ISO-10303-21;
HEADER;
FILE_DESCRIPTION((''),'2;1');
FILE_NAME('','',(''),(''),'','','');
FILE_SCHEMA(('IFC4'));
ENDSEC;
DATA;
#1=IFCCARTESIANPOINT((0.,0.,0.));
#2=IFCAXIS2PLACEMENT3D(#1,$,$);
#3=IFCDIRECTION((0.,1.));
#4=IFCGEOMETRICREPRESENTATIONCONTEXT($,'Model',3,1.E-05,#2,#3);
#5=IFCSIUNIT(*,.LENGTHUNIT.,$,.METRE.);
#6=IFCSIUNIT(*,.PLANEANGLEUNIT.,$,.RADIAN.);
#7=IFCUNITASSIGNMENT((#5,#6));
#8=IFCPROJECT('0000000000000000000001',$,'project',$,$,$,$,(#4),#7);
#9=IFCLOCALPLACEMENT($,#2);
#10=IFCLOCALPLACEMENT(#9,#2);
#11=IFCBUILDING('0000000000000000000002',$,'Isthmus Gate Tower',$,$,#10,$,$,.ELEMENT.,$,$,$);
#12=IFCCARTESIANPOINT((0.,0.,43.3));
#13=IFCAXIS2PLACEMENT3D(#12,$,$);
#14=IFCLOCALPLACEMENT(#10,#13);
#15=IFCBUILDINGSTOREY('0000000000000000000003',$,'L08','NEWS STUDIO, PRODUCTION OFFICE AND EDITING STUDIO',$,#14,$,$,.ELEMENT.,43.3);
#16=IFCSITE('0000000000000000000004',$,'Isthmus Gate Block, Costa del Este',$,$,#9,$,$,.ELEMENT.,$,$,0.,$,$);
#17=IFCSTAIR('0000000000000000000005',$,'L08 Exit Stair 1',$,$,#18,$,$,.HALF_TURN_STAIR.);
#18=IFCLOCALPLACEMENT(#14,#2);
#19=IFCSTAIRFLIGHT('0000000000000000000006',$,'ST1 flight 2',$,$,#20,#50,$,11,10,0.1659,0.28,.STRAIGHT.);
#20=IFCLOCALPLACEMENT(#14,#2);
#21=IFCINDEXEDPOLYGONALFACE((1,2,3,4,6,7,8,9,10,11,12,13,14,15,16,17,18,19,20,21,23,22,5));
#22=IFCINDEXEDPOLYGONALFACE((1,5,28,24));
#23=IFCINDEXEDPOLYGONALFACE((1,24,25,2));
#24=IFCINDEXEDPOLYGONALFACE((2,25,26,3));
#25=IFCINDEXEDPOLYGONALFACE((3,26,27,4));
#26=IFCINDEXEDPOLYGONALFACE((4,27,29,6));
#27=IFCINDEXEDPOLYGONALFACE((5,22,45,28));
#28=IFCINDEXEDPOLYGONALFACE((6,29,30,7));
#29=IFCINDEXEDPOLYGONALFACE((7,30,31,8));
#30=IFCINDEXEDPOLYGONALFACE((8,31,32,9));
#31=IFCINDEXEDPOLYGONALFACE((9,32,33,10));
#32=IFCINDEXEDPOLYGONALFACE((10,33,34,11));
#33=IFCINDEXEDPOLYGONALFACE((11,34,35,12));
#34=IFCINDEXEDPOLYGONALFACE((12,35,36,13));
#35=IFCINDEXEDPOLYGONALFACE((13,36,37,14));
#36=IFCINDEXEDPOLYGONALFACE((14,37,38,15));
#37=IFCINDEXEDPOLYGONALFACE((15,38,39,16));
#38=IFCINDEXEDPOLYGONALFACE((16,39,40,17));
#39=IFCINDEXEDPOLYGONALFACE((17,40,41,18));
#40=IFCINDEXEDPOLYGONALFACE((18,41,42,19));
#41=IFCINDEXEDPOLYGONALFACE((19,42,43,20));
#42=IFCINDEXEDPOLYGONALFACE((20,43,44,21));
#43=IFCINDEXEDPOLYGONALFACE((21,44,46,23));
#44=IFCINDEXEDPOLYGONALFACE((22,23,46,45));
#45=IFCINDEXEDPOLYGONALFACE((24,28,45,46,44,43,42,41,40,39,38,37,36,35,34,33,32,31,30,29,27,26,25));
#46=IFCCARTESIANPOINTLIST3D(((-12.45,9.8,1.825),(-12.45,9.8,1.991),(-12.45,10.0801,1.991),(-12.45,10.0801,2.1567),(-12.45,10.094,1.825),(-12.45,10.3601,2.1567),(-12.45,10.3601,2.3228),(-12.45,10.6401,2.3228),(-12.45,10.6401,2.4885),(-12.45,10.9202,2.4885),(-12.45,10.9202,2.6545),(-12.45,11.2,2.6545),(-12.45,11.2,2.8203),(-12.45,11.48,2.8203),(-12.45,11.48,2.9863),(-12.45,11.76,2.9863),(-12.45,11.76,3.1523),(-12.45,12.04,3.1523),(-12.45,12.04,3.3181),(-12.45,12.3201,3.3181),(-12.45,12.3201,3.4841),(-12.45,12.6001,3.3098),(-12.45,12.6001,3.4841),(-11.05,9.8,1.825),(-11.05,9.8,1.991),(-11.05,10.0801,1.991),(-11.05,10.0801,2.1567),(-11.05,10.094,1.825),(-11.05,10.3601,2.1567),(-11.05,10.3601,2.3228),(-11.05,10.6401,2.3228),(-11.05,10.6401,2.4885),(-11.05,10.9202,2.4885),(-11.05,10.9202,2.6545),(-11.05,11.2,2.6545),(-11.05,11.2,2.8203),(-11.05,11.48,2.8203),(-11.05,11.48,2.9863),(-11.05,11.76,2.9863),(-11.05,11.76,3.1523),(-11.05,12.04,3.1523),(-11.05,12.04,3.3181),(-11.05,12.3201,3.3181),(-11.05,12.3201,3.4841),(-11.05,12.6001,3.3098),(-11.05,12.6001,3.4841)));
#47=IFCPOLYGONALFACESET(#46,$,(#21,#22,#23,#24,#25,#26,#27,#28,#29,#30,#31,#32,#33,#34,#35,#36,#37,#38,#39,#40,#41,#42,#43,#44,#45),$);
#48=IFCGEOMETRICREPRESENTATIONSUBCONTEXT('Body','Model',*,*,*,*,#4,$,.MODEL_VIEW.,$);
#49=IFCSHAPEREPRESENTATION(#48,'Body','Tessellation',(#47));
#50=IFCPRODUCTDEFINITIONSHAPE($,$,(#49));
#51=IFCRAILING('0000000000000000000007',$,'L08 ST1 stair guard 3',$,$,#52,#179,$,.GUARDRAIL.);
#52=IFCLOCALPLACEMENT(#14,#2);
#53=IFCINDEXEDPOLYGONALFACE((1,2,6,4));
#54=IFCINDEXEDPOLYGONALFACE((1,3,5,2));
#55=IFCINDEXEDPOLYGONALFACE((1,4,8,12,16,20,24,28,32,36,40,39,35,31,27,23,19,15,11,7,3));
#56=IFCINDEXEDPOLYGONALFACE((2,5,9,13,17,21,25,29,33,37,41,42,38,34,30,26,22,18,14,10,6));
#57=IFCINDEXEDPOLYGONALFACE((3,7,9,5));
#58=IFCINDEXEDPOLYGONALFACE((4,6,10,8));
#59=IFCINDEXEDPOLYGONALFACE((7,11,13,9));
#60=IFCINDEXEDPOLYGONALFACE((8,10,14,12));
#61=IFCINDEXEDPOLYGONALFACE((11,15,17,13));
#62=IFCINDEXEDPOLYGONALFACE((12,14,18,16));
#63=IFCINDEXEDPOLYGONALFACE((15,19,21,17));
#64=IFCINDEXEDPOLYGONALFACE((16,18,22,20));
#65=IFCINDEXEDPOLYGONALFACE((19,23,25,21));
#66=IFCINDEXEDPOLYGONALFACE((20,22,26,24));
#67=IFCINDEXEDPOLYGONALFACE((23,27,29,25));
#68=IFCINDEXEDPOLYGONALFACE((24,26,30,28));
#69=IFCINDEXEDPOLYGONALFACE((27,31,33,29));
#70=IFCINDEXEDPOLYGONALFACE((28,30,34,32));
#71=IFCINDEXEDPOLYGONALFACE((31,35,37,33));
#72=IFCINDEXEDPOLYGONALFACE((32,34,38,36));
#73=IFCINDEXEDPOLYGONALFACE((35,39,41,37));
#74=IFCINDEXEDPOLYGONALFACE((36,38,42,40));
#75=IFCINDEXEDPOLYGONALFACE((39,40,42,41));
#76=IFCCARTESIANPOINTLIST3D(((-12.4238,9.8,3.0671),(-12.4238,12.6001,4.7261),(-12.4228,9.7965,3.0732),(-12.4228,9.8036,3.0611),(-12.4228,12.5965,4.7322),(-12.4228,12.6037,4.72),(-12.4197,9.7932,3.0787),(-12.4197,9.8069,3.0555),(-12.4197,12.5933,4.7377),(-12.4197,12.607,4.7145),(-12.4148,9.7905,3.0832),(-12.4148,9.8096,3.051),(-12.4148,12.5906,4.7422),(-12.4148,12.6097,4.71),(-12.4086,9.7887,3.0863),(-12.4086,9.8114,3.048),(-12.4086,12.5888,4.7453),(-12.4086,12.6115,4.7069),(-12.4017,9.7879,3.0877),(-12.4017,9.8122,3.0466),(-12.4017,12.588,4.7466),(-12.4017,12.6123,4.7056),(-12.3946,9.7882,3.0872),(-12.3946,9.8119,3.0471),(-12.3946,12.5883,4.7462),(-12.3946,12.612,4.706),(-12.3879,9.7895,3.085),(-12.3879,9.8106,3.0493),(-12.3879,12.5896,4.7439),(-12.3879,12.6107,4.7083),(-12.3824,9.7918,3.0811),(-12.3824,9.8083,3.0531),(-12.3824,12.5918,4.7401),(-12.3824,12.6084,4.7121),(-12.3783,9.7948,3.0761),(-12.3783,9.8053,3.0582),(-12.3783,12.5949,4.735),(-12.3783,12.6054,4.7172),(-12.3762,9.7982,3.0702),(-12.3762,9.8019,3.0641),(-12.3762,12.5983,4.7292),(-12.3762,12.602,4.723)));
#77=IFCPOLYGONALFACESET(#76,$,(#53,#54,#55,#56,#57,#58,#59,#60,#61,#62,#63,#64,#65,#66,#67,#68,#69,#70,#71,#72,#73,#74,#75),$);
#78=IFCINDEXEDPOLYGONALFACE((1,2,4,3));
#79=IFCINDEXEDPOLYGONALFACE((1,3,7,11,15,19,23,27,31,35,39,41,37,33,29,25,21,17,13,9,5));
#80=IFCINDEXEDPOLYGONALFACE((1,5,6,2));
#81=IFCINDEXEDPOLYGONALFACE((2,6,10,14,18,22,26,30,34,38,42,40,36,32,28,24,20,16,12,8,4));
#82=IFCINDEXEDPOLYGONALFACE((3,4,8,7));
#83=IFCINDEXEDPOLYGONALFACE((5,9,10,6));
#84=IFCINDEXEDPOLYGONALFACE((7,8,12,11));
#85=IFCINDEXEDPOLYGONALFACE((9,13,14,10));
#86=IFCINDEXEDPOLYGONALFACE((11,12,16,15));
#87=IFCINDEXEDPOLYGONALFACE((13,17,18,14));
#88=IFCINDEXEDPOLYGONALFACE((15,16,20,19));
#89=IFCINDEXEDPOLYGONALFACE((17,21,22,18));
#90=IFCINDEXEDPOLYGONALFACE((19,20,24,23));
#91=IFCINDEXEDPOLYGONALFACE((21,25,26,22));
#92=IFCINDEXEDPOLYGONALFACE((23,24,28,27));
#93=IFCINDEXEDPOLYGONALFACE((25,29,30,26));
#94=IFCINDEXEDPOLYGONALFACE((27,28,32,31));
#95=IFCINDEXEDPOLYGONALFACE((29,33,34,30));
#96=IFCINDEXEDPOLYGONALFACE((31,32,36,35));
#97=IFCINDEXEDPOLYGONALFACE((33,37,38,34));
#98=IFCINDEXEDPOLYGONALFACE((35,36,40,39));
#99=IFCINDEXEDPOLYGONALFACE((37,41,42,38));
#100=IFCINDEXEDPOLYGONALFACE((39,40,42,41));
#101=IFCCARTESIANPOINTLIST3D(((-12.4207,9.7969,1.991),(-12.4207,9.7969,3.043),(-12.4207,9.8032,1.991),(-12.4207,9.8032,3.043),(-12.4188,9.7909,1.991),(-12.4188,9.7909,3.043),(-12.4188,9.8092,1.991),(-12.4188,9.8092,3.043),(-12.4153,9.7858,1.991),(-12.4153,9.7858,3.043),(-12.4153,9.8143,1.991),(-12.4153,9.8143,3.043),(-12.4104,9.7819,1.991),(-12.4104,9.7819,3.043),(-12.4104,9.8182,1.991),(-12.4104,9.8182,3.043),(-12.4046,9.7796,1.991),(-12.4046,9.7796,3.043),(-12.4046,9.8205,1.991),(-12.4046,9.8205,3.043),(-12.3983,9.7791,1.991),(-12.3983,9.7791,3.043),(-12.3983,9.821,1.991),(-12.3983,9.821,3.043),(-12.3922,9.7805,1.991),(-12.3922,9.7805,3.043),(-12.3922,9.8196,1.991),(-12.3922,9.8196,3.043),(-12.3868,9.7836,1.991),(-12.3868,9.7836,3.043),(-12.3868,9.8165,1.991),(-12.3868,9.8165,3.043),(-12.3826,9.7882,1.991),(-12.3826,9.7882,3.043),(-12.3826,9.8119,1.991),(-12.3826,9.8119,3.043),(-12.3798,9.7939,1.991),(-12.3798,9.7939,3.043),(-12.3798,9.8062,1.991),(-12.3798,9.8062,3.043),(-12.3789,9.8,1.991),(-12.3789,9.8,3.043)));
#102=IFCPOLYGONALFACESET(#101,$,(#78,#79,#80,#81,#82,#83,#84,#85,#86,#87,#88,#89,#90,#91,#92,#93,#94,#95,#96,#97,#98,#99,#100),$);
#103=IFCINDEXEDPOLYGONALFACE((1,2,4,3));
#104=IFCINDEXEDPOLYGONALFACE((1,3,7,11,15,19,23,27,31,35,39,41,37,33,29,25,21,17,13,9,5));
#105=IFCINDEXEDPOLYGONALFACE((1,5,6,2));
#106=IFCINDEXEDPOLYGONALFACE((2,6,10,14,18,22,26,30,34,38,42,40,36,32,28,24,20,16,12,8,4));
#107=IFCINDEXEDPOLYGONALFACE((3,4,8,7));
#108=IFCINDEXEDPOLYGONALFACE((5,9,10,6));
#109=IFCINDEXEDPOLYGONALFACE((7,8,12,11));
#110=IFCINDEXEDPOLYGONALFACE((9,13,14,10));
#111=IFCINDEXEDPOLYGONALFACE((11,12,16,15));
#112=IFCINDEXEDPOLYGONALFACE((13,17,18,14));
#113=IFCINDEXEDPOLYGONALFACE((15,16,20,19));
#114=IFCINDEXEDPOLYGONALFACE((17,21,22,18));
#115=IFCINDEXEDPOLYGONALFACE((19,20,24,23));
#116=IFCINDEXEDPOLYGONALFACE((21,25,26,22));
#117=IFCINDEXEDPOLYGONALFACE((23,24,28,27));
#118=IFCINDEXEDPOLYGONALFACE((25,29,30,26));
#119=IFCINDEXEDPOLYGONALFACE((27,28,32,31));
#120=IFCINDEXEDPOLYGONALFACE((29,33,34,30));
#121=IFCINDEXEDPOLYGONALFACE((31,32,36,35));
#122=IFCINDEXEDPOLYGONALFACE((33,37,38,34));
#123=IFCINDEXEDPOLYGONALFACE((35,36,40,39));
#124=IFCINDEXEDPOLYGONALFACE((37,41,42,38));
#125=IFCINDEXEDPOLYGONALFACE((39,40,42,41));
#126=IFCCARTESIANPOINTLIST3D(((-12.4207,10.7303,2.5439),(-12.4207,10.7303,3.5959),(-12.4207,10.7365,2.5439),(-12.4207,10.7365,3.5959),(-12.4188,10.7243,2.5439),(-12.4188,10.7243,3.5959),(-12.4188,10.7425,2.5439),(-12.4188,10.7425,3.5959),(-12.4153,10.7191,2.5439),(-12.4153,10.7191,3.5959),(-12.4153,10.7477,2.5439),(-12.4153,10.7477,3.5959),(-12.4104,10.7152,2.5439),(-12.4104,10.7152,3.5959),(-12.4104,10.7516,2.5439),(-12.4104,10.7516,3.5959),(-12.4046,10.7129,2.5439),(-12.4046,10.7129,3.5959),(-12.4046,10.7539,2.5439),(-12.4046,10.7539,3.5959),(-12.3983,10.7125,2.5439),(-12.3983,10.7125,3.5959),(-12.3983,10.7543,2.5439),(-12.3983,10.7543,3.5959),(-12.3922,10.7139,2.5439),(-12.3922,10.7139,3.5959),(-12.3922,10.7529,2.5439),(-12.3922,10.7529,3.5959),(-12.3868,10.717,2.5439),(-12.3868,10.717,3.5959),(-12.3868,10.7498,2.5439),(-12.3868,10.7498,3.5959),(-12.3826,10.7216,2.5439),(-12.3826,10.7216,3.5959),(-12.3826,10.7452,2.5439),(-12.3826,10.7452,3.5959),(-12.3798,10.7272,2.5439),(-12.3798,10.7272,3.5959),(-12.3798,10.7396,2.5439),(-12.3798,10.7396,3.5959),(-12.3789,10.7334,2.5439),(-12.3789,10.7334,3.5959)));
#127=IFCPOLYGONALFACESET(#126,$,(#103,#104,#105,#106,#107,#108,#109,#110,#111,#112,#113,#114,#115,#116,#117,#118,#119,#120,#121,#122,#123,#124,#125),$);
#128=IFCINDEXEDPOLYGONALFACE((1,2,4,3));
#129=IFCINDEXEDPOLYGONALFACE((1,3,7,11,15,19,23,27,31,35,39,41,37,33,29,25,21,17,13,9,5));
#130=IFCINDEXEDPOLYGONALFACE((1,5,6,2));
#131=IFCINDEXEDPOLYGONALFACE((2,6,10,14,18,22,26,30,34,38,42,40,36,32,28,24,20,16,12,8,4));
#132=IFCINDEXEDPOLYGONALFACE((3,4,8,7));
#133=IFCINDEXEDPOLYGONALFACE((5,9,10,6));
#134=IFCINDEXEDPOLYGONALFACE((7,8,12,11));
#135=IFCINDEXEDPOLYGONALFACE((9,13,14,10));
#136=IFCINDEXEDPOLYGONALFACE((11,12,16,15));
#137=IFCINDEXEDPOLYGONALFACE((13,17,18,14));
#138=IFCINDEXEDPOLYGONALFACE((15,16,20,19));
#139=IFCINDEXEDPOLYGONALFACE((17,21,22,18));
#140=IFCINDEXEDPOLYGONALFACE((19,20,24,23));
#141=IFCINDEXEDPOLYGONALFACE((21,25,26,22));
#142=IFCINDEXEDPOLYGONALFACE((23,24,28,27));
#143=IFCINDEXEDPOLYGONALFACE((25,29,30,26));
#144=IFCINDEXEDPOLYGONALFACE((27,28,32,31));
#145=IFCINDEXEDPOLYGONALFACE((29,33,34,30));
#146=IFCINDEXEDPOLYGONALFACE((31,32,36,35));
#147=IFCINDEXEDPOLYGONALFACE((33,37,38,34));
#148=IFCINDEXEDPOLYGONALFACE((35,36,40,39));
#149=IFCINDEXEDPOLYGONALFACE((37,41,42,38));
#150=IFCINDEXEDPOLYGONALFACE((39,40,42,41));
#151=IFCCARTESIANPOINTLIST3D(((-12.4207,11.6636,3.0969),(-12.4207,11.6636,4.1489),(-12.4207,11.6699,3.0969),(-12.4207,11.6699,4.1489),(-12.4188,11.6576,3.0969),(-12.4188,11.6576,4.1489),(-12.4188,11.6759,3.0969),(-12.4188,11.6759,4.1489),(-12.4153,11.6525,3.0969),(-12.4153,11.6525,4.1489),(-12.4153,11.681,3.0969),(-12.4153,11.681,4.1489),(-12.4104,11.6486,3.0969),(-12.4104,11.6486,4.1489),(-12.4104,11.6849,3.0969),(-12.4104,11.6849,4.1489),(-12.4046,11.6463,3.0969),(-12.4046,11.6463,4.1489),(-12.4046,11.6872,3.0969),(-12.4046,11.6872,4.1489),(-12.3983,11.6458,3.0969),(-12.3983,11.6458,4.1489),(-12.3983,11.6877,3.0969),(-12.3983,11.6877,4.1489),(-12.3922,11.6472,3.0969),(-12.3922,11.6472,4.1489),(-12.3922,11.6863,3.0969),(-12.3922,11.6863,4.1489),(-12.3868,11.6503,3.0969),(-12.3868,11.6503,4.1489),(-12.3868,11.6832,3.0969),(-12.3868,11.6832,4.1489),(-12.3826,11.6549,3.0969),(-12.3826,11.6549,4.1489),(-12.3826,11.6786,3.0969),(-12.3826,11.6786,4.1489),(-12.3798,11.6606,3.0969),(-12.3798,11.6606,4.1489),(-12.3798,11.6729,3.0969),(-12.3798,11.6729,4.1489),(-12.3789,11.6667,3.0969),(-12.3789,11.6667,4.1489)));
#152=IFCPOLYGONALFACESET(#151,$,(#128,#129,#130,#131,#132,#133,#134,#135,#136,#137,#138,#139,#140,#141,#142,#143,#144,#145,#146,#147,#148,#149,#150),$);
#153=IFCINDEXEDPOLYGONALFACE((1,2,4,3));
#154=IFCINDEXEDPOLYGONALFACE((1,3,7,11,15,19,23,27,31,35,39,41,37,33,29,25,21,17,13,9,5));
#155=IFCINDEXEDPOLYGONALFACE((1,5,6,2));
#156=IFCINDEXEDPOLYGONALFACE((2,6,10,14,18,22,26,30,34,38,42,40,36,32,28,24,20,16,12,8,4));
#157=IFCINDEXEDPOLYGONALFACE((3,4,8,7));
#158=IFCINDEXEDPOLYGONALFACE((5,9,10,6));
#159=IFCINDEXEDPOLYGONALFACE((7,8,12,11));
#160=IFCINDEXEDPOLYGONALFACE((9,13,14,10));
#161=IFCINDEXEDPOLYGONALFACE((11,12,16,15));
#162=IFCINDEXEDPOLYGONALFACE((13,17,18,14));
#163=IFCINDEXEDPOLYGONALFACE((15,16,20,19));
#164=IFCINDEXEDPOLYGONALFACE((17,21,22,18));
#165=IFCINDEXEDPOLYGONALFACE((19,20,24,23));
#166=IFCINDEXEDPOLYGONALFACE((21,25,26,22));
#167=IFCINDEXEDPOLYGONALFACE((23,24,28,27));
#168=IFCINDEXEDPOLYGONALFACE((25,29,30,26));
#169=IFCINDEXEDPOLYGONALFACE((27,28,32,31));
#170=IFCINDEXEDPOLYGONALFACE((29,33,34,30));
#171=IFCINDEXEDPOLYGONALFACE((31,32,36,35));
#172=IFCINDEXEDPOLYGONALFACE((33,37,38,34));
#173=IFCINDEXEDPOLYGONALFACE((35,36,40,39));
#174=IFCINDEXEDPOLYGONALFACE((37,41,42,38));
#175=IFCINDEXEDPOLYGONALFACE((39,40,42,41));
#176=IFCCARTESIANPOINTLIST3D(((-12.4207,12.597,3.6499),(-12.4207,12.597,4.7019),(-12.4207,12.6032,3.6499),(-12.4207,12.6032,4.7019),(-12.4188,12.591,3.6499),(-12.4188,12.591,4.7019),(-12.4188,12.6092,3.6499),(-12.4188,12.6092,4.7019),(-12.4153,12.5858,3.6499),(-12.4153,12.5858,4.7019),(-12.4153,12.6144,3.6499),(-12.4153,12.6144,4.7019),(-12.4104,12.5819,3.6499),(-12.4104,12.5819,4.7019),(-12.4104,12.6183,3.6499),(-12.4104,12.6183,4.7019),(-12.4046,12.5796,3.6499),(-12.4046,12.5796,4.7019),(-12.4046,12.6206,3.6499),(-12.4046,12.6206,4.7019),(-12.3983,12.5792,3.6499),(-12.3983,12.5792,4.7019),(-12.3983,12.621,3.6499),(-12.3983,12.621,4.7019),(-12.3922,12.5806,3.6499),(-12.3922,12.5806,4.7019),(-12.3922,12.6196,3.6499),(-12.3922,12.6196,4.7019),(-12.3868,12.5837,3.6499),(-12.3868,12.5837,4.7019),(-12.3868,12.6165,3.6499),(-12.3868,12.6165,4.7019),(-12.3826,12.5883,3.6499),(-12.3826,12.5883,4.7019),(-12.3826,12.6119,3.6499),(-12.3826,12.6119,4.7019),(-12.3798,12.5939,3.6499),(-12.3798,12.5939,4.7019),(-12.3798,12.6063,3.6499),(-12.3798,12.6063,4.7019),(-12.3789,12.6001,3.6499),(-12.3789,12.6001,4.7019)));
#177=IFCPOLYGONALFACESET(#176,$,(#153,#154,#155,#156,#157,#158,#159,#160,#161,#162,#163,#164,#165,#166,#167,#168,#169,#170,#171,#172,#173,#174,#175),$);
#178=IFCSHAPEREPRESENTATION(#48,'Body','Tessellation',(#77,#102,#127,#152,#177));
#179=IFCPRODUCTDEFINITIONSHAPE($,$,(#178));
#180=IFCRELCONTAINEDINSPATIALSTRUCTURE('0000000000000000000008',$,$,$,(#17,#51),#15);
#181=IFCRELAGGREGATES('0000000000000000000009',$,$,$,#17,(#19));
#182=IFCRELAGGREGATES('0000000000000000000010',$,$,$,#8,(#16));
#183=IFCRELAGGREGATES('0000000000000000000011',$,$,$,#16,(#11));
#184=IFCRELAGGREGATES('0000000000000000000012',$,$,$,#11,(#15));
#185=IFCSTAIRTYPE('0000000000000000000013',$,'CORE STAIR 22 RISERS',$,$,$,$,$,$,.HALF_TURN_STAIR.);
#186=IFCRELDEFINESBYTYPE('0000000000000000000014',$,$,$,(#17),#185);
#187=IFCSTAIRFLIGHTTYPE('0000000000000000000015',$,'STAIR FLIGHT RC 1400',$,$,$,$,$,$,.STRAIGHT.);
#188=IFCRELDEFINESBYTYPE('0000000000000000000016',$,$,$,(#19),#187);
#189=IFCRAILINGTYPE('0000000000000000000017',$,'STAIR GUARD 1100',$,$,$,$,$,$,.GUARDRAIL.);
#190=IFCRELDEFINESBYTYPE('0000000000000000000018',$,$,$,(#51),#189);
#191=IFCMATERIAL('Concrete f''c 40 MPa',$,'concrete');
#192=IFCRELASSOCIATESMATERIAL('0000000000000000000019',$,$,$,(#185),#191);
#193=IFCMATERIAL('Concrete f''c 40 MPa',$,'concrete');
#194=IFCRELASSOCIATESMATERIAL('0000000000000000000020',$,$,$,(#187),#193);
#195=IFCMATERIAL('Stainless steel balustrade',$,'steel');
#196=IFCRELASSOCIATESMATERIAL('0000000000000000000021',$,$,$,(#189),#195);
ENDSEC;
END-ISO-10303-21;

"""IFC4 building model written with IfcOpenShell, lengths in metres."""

from ifc_helpers import new_model, si_unit, direction, frame, origin, origin_2d, place, context, subcontext, project, spatial, polyline, circle, outline, extrude, material, type_object, element, aggregate, save


model = new_model("IFC4")

# Units and contexts
model_context = context("Model", 3, precision=1e-05, world=origin(), true_north=direction((0.0, 1.0)))
body_context = subcontext(model_context, "Body", "Model", "MODEL_VIEW")
ifc_project = project(units=[si_unit("LENGTHUNIT", "METRE"), si_unit("PLANEANGLEUNIT", "RADIAN")], contexts=[model_context])

# Site, building, storey
site_placement = place(None, origin())
site = spatial("IfcSite", under=ifc_project, at=site_placement, Name="Isthmus Gate Block, Costa del Este", CompositionType="ELEMENT", RefElevation=0.0)
building_placement = place(site_placement, origin())
building = spatial("IfcBuilding", under=site, at=building_placement, Name="Isthmus Gate Tower", CompositionType="ELEMENT")
storey_placement = place(building_placement, frame((0.0, 0.0, 43.3)))
storey = spatial("IfcBuildingStorey", under=building, at=storey_placement, Name="L08", Description="NEWS STUDIO, PRODUCTION OFFICE AND EDITING STUDIO", CompositionType="ELEMENT", Elevation=43.3)

# Stair, stair flight
ifc_material_1 = material(Name="Concrete f'c 40 MPa", Category="concrete")
stair_type = type_object("IfcStairType", Name="CORE STAIR 22 RISERS", PredefinedType="HALF_TURN_STAIR", material=ifc_material_1)
stair_placement = place(storey_placement, origin())
stair = element("IfcStair", 1, at=stair_placement, inside=storey, type_object=stair_type, Name="L08 Exit Stair 1", PredefinedType="HALF_TURN_STAIR")
ifc_material_2 = material(Name="Concrete f'c 40 MPa", Category="concrete")
stair_flight_type = type_object("IfcStairFlightType", Name="STAIR FLIGHT RC 1400", PredefinedType="STRAIGHT", material=ifc_material_2)
stair_flight_placement = place(storey_placement, frame((-11.75, 9.8, 1.825), z_axis=(0.0, 0.0, 1.0), x_axis=(0.0, 1.0, 0.0)))
stair_flight = element("IfcStairFlight", 2, at=stair_flight_placement, type_object=stair_flight_type, Name="ST1 flight 2", NumberOfRisers=11, NumberOfTreads=10, PredefinedType="STRAIGHT", RiserHeight=0.1659, TreadLength=0.28, context=body_context, shape_type="SweptSolid", body=[
    extrude(outline(polyline([(0.0, 0.0), (0.0, 0.166), (0.28, 0.166), (0.28, 0.3318), (0.5601, 0.3318), (0.5601, 0.4978), (0.8401, 0.4978), (0.8401, 0.6636), (1.1201, 0.6636), (1.1201, 0.8296), (1.3999, 0.8296), (1.3999, 0.9954), (1.6799, 0.9954), (1.6799, 1.1614), (1.96, 1.1614), (1.96, 1.3274), (2.24, 1.3274), (2.24, 1.4932), (2.52, 1.4932), (2.52, 1.6592), (2.8, 1.6592), (2.8, 1.825), (2.8, 1.4849), (0.2939, 0.0), (0.0, 0.0)])), frame((0.0, 0.7, 0.0), z_axis=(0.0, -1.0, 0.0), x_axis=(1.0, 0.0, 0.0)), (0.0, 0.0, 1.0), 1.3999),
])
aggregate(stair, [stair_flight])

# Railing
ifc_material_3 = material(Name="Stainless steel balustrade", Category="steel")
railing_type_1 = type_object("IfcRailingType", Name="STAIR GUARD 1100", PredefinedType="GUARDRAIL", material=ifc_material_3)
railing_1_placement = place(storey_placement, frame((-12.3999, 9.8, 1.991)))
element("IfcRailing", 3, at=railing_1_placement, inside=storey, type_object=railing_type_1, Name="L08 ST1 stair guard 3", PredefinedType="GUARDRAIL", context=body_context, shape_type="SweptSolid", body=[
    extrude(circle(Radius=0.0239, at=origin_2d()), frame((0.0, 0.0, 1.0762), z_axis=(0.0, 0.860339, 0.509722), x_axis=(-1.0, 0.0, 0.0)), (0.0, 0.0, 1.0), 3.2546),
    extrude(circle(Radius=0.021, at=origin_2d()), origin(), (0.0, 0.0, 1.0), 1.052),
    extrude(circle(Radius=0.021, at=origin_2d()), frame((0.0, 0.9333, 0.553)), (0.0, 0.0, 1.0), 1.052),
    extrude(circle(Radius=0.021, at=origin_2d()), frame((0.0, 1.8667, 1.106)), (0.0, 0.0, 1.0), 1.052),
    extrude(circle(Radius=0.021, at=origin_2d()), frame((0.0, 2.8, 1.6589)), (0.0, 0.0, 1.0), 1.052),
])

save(model, "model.ifc")
